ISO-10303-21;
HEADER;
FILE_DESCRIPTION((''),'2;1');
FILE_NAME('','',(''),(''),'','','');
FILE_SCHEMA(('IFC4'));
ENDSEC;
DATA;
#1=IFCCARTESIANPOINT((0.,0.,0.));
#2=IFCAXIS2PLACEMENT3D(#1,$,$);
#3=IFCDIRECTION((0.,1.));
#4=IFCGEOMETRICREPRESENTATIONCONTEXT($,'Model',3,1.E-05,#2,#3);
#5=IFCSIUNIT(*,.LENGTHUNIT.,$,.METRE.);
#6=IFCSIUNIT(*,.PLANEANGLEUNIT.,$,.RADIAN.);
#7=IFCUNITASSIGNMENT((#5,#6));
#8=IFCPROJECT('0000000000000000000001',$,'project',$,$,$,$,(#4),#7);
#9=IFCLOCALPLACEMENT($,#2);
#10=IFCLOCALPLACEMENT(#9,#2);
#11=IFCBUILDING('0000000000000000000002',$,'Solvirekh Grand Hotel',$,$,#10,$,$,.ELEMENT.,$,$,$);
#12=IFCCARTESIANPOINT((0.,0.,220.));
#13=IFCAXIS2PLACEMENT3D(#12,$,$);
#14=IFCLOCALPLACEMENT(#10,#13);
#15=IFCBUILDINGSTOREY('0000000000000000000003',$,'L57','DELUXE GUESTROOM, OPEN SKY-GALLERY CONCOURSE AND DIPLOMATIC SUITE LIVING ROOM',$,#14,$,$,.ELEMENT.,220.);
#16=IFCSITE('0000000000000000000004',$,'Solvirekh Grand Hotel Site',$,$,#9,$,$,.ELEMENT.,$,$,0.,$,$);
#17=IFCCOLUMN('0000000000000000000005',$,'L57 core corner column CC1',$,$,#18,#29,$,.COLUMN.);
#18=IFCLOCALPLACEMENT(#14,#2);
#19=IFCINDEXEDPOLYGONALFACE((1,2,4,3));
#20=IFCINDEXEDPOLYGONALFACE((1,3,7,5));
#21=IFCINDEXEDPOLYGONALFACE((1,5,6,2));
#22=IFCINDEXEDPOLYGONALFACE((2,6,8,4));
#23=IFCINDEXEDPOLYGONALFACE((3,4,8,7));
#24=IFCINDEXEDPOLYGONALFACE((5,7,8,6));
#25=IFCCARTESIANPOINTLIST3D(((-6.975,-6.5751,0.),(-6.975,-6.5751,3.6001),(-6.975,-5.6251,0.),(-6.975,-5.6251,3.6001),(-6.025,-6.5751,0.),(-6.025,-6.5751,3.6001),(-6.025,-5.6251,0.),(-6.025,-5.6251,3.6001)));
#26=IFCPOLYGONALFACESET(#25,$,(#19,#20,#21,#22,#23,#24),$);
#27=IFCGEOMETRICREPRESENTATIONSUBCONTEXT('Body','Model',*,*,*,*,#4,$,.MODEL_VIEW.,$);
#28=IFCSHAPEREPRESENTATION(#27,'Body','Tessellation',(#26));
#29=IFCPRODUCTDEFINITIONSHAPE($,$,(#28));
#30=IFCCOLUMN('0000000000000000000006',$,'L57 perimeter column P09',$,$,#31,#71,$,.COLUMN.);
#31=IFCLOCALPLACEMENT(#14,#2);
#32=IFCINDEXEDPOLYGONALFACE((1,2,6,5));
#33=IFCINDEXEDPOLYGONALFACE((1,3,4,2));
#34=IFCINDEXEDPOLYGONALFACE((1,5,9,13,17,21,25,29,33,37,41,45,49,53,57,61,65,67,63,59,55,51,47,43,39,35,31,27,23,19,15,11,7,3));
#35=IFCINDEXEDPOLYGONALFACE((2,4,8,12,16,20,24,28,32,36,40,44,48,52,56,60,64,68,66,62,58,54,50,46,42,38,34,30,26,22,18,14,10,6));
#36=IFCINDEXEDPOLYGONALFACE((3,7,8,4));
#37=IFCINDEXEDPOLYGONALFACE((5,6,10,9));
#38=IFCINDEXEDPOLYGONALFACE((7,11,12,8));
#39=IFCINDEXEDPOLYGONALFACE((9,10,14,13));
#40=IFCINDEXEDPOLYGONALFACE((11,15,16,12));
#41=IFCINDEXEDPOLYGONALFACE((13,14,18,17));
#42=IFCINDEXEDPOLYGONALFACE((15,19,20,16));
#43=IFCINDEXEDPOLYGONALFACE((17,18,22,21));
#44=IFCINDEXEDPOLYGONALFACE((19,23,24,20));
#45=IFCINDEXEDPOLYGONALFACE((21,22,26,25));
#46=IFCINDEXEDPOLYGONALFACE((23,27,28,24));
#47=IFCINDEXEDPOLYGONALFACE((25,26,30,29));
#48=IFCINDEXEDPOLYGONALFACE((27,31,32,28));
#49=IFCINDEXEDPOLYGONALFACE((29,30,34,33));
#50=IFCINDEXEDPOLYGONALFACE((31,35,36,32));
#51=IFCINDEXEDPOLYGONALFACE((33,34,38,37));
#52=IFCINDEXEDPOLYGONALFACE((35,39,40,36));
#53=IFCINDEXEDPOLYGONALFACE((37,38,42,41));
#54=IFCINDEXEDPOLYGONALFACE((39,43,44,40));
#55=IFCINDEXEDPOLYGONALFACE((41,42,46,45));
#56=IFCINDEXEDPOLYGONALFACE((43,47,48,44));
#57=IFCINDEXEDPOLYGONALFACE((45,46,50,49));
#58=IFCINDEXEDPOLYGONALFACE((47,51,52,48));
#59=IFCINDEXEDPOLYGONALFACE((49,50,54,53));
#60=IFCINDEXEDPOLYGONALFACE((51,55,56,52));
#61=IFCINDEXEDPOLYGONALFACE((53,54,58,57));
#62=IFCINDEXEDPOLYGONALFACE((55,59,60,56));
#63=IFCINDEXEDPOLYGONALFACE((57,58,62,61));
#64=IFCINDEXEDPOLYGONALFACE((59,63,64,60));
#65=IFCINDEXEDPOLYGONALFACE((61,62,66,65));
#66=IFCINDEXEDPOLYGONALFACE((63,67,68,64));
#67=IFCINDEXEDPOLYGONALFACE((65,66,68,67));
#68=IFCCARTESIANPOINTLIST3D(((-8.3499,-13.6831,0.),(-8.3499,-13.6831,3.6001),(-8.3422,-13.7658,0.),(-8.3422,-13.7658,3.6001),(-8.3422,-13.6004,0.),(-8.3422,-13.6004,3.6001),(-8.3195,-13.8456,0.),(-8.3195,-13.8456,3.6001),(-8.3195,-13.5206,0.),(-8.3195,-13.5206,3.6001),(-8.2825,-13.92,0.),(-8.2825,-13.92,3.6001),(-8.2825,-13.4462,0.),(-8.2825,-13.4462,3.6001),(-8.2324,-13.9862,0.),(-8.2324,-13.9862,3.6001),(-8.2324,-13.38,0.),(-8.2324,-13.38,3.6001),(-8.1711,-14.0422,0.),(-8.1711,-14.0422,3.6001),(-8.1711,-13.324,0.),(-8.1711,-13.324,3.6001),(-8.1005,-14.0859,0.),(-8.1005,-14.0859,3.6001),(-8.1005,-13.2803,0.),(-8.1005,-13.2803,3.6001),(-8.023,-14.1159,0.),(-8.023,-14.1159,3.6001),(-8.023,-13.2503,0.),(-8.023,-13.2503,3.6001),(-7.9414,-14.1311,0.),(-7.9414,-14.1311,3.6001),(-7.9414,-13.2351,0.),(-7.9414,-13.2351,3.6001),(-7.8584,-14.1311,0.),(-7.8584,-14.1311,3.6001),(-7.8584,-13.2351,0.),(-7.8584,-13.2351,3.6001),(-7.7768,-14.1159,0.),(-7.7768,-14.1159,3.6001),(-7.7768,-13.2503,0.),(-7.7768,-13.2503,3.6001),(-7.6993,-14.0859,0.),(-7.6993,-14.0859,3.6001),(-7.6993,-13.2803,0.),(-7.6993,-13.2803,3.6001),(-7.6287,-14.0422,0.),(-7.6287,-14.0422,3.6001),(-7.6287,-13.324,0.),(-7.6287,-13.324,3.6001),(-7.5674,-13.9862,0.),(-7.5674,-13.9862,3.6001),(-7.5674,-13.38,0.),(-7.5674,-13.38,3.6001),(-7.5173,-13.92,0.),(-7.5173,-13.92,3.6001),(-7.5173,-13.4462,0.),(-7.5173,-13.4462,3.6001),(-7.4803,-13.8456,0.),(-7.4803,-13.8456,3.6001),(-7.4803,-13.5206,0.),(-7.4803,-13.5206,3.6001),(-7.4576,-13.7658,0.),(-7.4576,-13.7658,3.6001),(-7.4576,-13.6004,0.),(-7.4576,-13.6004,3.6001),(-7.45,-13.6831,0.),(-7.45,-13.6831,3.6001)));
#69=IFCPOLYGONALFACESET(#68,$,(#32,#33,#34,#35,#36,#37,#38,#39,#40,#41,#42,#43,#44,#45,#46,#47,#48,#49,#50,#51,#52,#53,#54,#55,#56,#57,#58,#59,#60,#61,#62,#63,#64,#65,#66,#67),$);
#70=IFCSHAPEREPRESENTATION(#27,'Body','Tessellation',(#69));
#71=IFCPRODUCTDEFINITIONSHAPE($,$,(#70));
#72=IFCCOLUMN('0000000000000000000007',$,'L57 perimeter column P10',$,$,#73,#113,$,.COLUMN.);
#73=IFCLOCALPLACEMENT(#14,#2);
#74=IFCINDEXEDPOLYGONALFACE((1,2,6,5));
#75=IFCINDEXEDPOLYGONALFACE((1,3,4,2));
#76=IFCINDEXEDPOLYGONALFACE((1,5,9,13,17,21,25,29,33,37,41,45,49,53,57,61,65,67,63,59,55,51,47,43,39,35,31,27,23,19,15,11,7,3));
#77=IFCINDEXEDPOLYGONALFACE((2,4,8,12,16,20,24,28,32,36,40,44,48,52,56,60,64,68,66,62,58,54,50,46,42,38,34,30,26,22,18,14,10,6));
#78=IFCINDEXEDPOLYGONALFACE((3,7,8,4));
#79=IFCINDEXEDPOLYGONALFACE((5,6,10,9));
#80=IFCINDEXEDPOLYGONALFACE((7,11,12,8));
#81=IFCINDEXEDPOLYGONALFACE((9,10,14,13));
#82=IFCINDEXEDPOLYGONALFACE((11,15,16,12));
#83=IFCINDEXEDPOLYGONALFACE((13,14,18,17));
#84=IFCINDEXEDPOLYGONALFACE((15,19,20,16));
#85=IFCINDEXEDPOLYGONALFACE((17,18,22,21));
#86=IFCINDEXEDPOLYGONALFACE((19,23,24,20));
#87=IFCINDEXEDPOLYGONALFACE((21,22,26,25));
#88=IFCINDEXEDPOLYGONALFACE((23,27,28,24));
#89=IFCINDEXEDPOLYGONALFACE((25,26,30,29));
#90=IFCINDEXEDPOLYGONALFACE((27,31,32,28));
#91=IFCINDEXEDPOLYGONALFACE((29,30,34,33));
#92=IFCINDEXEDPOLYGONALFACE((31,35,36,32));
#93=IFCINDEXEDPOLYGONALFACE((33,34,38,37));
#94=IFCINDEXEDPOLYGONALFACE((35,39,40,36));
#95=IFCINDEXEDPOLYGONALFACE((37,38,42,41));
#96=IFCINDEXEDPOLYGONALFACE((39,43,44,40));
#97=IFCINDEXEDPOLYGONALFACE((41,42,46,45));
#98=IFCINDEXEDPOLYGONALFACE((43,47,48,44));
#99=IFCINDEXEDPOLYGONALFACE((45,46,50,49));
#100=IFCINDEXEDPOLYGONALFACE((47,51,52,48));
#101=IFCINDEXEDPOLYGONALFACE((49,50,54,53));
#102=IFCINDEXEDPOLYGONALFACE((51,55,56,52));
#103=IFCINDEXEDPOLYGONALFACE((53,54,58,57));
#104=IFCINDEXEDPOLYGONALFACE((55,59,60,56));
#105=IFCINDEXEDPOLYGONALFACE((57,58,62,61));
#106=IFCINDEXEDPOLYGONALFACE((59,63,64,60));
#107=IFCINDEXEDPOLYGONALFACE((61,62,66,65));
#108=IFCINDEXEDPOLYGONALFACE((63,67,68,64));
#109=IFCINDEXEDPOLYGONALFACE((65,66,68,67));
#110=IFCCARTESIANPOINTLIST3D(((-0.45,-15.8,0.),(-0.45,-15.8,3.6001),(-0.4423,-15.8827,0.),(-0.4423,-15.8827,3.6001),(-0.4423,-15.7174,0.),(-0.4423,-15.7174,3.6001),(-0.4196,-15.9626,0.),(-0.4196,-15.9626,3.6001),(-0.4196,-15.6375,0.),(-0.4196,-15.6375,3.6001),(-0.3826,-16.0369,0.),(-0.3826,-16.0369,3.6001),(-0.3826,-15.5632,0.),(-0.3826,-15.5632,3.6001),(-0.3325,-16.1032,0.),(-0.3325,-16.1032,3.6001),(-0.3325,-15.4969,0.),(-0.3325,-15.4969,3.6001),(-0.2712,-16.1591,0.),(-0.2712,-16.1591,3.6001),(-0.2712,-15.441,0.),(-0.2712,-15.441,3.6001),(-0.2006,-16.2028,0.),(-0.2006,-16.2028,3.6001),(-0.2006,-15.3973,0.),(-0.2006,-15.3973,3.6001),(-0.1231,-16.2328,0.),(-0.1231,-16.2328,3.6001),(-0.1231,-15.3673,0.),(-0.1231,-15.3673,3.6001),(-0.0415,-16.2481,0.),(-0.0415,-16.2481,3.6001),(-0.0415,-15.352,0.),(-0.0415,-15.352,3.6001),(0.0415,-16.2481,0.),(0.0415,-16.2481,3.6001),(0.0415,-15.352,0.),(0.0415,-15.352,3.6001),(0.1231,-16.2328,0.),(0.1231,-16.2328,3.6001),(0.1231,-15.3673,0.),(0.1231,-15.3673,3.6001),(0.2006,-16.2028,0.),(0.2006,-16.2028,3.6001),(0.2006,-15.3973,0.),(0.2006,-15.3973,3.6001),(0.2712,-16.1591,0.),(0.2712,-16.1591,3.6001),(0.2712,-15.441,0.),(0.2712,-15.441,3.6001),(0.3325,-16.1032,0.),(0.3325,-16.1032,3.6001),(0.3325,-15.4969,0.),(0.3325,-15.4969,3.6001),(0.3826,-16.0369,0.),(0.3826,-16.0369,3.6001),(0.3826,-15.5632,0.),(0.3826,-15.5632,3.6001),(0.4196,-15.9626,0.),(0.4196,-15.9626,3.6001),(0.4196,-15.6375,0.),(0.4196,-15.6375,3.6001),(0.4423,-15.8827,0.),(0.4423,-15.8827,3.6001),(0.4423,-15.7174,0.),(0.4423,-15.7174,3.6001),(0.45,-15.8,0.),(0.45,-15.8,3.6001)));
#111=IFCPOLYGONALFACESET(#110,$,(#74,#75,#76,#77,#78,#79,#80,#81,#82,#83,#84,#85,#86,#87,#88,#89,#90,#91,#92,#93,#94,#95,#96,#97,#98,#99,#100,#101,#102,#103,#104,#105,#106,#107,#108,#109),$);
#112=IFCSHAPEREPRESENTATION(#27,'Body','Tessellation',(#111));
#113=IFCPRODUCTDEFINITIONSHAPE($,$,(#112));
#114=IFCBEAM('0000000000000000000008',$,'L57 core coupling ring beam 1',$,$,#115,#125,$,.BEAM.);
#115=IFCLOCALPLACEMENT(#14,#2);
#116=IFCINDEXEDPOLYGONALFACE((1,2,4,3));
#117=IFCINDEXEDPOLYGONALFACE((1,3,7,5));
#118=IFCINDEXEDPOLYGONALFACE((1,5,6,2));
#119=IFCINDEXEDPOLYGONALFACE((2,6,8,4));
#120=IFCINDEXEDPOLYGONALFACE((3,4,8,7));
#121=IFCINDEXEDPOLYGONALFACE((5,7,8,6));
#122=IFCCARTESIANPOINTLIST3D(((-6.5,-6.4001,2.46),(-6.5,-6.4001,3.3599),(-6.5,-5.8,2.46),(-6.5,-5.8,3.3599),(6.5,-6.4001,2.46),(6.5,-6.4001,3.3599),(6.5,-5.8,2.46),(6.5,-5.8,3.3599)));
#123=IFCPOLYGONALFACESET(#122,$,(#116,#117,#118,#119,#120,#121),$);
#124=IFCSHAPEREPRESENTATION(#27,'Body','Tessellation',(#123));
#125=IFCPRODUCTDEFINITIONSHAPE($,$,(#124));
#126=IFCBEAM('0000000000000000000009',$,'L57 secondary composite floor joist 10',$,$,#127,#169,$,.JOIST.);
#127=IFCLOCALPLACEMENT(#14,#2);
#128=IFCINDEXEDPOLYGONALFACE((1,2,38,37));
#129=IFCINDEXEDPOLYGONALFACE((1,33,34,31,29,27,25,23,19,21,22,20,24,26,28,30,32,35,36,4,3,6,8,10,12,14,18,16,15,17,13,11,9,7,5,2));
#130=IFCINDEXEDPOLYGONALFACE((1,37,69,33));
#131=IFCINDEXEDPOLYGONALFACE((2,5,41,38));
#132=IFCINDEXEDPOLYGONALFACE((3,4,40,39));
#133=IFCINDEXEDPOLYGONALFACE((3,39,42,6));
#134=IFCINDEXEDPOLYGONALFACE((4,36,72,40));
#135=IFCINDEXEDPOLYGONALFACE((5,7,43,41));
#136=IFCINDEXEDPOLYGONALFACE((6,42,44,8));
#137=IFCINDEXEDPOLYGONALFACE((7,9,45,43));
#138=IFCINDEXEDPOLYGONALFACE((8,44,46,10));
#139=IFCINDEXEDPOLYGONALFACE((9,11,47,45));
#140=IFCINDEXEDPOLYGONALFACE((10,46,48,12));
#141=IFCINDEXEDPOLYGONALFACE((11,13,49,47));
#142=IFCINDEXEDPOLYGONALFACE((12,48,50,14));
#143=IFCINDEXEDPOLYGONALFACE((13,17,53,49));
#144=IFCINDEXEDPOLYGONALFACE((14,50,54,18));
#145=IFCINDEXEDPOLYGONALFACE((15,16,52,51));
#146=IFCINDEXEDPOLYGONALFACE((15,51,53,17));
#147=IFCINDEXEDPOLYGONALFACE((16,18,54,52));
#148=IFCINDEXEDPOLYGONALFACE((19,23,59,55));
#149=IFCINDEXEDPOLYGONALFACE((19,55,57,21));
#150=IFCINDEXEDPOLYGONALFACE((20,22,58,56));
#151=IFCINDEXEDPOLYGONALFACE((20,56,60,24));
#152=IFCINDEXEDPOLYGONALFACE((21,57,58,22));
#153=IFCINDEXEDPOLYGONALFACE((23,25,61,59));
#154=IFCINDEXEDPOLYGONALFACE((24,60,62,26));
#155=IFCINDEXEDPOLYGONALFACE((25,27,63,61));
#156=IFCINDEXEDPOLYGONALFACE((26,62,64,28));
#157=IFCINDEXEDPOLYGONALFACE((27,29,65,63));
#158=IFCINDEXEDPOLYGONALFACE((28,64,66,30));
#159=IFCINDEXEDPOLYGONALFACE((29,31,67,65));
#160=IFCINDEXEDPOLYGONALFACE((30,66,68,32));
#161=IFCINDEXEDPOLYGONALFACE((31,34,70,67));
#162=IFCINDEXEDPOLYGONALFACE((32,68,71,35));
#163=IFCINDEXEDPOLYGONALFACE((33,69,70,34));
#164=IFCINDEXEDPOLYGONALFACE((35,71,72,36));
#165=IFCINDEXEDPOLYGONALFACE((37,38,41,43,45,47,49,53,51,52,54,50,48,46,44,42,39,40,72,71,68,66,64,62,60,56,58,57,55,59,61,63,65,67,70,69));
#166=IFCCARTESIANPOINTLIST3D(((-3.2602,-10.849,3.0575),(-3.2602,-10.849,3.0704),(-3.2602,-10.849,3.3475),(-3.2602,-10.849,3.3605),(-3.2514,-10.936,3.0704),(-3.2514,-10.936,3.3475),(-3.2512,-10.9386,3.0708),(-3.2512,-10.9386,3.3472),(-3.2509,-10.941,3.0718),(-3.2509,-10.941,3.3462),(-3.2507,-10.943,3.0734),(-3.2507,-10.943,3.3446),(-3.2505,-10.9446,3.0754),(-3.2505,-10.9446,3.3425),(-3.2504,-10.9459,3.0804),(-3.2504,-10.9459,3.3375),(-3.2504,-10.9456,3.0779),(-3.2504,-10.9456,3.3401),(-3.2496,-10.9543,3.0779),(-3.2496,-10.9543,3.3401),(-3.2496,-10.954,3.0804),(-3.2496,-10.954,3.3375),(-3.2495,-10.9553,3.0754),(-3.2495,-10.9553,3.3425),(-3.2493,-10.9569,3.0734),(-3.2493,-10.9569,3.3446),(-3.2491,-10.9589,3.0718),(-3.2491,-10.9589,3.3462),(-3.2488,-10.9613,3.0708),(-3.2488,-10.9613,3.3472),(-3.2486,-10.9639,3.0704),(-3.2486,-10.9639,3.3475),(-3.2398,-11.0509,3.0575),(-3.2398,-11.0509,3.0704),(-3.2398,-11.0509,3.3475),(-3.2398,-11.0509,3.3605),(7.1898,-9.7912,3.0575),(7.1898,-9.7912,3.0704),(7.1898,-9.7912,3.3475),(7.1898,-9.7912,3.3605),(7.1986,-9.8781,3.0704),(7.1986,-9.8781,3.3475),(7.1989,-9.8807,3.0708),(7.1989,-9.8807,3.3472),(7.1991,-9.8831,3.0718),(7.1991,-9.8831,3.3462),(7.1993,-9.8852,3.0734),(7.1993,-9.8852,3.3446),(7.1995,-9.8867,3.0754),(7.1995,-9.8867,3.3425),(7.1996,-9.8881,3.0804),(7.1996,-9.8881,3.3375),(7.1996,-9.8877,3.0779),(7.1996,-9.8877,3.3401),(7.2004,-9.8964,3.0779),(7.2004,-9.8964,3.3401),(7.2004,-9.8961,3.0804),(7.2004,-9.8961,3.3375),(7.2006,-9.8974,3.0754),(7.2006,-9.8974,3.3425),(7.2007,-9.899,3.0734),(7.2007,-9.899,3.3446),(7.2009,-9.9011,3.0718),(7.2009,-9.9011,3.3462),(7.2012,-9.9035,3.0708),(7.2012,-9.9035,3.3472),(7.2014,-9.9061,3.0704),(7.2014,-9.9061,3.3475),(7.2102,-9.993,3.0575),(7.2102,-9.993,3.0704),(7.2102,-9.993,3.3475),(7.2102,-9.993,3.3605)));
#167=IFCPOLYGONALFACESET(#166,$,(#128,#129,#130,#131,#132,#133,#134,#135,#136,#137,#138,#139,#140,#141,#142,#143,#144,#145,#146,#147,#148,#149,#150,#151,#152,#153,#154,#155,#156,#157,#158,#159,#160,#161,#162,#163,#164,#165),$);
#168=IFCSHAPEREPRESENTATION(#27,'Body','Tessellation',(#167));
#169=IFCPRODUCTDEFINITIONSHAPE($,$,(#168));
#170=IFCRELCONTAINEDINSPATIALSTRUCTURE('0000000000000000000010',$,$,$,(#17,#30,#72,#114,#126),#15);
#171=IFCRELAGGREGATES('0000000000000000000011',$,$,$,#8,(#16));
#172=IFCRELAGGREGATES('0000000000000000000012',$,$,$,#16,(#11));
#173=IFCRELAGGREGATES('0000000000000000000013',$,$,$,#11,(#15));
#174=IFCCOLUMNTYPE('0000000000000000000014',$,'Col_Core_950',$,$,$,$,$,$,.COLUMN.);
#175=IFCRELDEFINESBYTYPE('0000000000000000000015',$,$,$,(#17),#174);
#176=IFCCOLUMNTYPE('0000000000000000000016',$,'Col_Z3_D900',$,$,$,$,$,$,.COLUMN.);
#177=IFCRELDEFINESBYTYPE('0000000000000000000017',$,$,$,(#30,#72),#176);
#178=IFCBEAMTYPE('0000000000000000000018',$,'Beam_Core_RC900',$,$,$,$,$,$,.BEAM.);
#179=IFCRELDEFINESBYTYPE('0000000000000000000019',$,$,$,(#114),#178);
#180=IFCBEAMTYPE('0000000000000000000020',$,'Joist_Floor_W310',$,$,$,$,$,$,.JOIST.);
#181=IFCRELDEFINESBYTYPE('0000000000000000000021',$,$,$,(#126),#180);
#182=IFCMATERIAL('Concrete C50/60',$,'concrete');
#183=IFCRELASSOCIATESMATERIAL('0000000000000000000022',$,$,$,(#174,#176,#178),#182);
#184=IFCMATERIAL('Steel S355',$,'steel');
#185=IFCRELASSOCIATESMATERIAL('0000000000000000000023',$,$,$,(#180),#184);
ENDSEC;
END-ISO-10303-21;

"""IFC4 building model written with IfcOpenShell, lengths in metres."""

from ifc_helpers import new_model, si_unit, direction, frame, origin, origin_2d, place, context, subcontext, project, spatial, rectangle, circle, i_section, extrude, material, material_profile, profile_set, type_object, element, save


model = new_model("IFC4")

# Units and contexts
model_context = context("Model", 3, precision=1e-05, world=origin(), true_north=direction((0.0, 1.0)))
body_context = subcontext(model_context, "Body", "Model", "MODEL_VIEW")
ifc_project = project(units=[si_unit("LENGTHUNIT", "METRE"), si_unit("PLANEANGLEUNIT", "RADIAN")], contexts=[model_context])

# Site, building, storey
site_placement = place(None, origin())
site = spatial("IfcSite", under=ifc_project, at=site_placement, Name="Solvirekh Grand Hotel Site", CompositionType="ELEMENT", RefElevation=0.0)
building_placement = place(site_placement, origin())
building = spatial("IfcBuilding", under=site, at=building_placement, Name="Solvirekh Grand Hotel", CompositionType="ELEMENT")
storey_placement = place(building_placement, frame((0.0, 0.0, 220.0)))
storey = spatial("IfcBuildingStorey", under=building, at=storey_placement, Name="L57", Description="DELUXE GUESTROOM, OPEN SKY-GALLERY CONCOURSE AND DIPLOMATIC SUITE LIVING ROOM", CompositionType="ELEMENT", Elevation=220.0)

# Columns
ifc_material_1 = material(Name="Concrete C50/60", Category="concrete")
ifc_material_profile_1 = material_profile(ifc_material_1, rectangle(XDim=0.95, YDim=0.95, at=origin_2d()), Name="RC 950X950")
ifc_profile_set_1 = profile_set([ifc_material_profile_1], Name="Concrete C50/60")
column_type_1 = type_object("IfcColumnType", Name="Col_Core_950", PredefinedType="COLUMN", material=ifc_profile_set_1)
column_placement = place(storey_placement, frame((-6.5, -6.1001, 0.0), z_axis=(0.0, 0.0, 1.0), x_axis=(1.0, 0.0, 0.0)))
element("IfcColumn", 1, at=column_placement, inside=storey, type_object=column_type_1, Name="L57 core corner column CC1", PredefinedType="COLUMN", context=body_context, shape_type="SweptSolid", body=[
    extrude(rectangle(XDim=0.95, YDim=0.95, at=origin_2d()), origin(), (0.0, 0.0, 1.0), 3.6001),
])
ifc_material_profile_2 = material_profile(ifc_material_1, circle(Radius=0.45, at=origin_2d()), Name="RC CIRC D900")
ifc_profile_set_2 = profile_set([ifc_material_profile_2], Name="Concrete C50/60")
column_type_2 = type_object("IfcColumnType", Name="Col_Z3_D900", PredefinedType="COLUMN", material=ifc_profile_set_2)
for number, where, z_axis, x_axis, name in (
    (2, (-7.8999, -13.6831, 0.0), (0.0, 0.0, 1.0), (1.0, 0.0, 0.0), "L57 perimeter column P09"),
    (3, (0.0, -15.8, 0.0), (0.0, 0.0, 1.0), (1.0, 0.0, 0.0), "L57 perimeter column P10"),
):
    element("IfcColumn", number, at=place(storey_placement, frame(where, z_axis=z_axis, x_axis=x_axis)), inside=storey, type_object=column_type_2, Name=name, PredefinedType="COLUMN", context=body_context, shape_type="SweptSolid", body=[
        extrude(circle(Radius=0.45, at=origin_2d()), origin(), (0.0, 0.0, 1.0), 3.6001),
    ])

# Beams
ifc_material_profile_3 = material_profile(ifc_material_1, rectangle(XDim=0.6001, YDim=0.8999, at=origin_2d()), Name="RC BEAM 600X900")
ifc_profile_set_3 = profile_set([ifc_material_profile_3], Name="Concrete C50/60")
beam_type_1 = type_object("IfcBeamType", Name="Beam_Core_RC900", PredefinedType="BEAM", material=ifc_profile_set_3)
beam_1_placement = place(storey_placement, frame((-6.5, -6.1001, 2.9099), z_axis=(1.0, 0.0, 0.0), x_axis=(0.0, 1.0, 0.0)))
element("IfcBeam", 4, at=beam_1_placement, inside=storey, type_object=beam_type_1, Name="L57 core coupling ring beam 1", PredefinedType="BEAM", context=body_context, shape_type="SweptSolid", body=[
    extrude(rectangle(XDim=0.6001, YDim=0.8999, at=origin_2d()), origin(), (0.0, 0.0, 1.0), 13.0),
])
ifc_material_2 = material(Name="Steel S355", Category="steel")
ifc_material_profile_4 = material_profile(ifc_material_2, i_section(OverallWidth=0.2029, OverallDepth=0.303, WebThickness=0.0081, FlangeThickness=0.0129, FilletRadius=0.01, at=origin_2d()), Name="W310X60")
ifc_profile_set_4 = profile_set([ifc_material_profile_4], Name="Steel S355")
beam_type_2 = type_object("IfcBeamType", Name="Joist_Floor_W310", PredefinedType="JOIST", material=ifc_profile_set_4)
beam_2_placement = place(storey_placement, frame((-3.25, -10.95, 3.209), z_axis=(0.994915, 0.100716, 0.0), x_axis=(-0.100716, 0.994915, 0.0)))
element("IfcBeam", 5, at=beam_2_placement, inside=storey, type_object=beam_type_2, Name="L57 secondary composite floor joist 10", PredefinedType="JOIST", context=body_context, shape_type="SweptSolid", body=[
    extrude(i_section(OverallWidth=0.2029, OverallDepth=0.303, WebThickness=0.0081, FlangeThickness=0.0129, FilletRadius=0.01, at=origin_2d()), origin(), (0.0, 0.0, 1.0), 10.5034),
])

save(model, "model.ifc")
